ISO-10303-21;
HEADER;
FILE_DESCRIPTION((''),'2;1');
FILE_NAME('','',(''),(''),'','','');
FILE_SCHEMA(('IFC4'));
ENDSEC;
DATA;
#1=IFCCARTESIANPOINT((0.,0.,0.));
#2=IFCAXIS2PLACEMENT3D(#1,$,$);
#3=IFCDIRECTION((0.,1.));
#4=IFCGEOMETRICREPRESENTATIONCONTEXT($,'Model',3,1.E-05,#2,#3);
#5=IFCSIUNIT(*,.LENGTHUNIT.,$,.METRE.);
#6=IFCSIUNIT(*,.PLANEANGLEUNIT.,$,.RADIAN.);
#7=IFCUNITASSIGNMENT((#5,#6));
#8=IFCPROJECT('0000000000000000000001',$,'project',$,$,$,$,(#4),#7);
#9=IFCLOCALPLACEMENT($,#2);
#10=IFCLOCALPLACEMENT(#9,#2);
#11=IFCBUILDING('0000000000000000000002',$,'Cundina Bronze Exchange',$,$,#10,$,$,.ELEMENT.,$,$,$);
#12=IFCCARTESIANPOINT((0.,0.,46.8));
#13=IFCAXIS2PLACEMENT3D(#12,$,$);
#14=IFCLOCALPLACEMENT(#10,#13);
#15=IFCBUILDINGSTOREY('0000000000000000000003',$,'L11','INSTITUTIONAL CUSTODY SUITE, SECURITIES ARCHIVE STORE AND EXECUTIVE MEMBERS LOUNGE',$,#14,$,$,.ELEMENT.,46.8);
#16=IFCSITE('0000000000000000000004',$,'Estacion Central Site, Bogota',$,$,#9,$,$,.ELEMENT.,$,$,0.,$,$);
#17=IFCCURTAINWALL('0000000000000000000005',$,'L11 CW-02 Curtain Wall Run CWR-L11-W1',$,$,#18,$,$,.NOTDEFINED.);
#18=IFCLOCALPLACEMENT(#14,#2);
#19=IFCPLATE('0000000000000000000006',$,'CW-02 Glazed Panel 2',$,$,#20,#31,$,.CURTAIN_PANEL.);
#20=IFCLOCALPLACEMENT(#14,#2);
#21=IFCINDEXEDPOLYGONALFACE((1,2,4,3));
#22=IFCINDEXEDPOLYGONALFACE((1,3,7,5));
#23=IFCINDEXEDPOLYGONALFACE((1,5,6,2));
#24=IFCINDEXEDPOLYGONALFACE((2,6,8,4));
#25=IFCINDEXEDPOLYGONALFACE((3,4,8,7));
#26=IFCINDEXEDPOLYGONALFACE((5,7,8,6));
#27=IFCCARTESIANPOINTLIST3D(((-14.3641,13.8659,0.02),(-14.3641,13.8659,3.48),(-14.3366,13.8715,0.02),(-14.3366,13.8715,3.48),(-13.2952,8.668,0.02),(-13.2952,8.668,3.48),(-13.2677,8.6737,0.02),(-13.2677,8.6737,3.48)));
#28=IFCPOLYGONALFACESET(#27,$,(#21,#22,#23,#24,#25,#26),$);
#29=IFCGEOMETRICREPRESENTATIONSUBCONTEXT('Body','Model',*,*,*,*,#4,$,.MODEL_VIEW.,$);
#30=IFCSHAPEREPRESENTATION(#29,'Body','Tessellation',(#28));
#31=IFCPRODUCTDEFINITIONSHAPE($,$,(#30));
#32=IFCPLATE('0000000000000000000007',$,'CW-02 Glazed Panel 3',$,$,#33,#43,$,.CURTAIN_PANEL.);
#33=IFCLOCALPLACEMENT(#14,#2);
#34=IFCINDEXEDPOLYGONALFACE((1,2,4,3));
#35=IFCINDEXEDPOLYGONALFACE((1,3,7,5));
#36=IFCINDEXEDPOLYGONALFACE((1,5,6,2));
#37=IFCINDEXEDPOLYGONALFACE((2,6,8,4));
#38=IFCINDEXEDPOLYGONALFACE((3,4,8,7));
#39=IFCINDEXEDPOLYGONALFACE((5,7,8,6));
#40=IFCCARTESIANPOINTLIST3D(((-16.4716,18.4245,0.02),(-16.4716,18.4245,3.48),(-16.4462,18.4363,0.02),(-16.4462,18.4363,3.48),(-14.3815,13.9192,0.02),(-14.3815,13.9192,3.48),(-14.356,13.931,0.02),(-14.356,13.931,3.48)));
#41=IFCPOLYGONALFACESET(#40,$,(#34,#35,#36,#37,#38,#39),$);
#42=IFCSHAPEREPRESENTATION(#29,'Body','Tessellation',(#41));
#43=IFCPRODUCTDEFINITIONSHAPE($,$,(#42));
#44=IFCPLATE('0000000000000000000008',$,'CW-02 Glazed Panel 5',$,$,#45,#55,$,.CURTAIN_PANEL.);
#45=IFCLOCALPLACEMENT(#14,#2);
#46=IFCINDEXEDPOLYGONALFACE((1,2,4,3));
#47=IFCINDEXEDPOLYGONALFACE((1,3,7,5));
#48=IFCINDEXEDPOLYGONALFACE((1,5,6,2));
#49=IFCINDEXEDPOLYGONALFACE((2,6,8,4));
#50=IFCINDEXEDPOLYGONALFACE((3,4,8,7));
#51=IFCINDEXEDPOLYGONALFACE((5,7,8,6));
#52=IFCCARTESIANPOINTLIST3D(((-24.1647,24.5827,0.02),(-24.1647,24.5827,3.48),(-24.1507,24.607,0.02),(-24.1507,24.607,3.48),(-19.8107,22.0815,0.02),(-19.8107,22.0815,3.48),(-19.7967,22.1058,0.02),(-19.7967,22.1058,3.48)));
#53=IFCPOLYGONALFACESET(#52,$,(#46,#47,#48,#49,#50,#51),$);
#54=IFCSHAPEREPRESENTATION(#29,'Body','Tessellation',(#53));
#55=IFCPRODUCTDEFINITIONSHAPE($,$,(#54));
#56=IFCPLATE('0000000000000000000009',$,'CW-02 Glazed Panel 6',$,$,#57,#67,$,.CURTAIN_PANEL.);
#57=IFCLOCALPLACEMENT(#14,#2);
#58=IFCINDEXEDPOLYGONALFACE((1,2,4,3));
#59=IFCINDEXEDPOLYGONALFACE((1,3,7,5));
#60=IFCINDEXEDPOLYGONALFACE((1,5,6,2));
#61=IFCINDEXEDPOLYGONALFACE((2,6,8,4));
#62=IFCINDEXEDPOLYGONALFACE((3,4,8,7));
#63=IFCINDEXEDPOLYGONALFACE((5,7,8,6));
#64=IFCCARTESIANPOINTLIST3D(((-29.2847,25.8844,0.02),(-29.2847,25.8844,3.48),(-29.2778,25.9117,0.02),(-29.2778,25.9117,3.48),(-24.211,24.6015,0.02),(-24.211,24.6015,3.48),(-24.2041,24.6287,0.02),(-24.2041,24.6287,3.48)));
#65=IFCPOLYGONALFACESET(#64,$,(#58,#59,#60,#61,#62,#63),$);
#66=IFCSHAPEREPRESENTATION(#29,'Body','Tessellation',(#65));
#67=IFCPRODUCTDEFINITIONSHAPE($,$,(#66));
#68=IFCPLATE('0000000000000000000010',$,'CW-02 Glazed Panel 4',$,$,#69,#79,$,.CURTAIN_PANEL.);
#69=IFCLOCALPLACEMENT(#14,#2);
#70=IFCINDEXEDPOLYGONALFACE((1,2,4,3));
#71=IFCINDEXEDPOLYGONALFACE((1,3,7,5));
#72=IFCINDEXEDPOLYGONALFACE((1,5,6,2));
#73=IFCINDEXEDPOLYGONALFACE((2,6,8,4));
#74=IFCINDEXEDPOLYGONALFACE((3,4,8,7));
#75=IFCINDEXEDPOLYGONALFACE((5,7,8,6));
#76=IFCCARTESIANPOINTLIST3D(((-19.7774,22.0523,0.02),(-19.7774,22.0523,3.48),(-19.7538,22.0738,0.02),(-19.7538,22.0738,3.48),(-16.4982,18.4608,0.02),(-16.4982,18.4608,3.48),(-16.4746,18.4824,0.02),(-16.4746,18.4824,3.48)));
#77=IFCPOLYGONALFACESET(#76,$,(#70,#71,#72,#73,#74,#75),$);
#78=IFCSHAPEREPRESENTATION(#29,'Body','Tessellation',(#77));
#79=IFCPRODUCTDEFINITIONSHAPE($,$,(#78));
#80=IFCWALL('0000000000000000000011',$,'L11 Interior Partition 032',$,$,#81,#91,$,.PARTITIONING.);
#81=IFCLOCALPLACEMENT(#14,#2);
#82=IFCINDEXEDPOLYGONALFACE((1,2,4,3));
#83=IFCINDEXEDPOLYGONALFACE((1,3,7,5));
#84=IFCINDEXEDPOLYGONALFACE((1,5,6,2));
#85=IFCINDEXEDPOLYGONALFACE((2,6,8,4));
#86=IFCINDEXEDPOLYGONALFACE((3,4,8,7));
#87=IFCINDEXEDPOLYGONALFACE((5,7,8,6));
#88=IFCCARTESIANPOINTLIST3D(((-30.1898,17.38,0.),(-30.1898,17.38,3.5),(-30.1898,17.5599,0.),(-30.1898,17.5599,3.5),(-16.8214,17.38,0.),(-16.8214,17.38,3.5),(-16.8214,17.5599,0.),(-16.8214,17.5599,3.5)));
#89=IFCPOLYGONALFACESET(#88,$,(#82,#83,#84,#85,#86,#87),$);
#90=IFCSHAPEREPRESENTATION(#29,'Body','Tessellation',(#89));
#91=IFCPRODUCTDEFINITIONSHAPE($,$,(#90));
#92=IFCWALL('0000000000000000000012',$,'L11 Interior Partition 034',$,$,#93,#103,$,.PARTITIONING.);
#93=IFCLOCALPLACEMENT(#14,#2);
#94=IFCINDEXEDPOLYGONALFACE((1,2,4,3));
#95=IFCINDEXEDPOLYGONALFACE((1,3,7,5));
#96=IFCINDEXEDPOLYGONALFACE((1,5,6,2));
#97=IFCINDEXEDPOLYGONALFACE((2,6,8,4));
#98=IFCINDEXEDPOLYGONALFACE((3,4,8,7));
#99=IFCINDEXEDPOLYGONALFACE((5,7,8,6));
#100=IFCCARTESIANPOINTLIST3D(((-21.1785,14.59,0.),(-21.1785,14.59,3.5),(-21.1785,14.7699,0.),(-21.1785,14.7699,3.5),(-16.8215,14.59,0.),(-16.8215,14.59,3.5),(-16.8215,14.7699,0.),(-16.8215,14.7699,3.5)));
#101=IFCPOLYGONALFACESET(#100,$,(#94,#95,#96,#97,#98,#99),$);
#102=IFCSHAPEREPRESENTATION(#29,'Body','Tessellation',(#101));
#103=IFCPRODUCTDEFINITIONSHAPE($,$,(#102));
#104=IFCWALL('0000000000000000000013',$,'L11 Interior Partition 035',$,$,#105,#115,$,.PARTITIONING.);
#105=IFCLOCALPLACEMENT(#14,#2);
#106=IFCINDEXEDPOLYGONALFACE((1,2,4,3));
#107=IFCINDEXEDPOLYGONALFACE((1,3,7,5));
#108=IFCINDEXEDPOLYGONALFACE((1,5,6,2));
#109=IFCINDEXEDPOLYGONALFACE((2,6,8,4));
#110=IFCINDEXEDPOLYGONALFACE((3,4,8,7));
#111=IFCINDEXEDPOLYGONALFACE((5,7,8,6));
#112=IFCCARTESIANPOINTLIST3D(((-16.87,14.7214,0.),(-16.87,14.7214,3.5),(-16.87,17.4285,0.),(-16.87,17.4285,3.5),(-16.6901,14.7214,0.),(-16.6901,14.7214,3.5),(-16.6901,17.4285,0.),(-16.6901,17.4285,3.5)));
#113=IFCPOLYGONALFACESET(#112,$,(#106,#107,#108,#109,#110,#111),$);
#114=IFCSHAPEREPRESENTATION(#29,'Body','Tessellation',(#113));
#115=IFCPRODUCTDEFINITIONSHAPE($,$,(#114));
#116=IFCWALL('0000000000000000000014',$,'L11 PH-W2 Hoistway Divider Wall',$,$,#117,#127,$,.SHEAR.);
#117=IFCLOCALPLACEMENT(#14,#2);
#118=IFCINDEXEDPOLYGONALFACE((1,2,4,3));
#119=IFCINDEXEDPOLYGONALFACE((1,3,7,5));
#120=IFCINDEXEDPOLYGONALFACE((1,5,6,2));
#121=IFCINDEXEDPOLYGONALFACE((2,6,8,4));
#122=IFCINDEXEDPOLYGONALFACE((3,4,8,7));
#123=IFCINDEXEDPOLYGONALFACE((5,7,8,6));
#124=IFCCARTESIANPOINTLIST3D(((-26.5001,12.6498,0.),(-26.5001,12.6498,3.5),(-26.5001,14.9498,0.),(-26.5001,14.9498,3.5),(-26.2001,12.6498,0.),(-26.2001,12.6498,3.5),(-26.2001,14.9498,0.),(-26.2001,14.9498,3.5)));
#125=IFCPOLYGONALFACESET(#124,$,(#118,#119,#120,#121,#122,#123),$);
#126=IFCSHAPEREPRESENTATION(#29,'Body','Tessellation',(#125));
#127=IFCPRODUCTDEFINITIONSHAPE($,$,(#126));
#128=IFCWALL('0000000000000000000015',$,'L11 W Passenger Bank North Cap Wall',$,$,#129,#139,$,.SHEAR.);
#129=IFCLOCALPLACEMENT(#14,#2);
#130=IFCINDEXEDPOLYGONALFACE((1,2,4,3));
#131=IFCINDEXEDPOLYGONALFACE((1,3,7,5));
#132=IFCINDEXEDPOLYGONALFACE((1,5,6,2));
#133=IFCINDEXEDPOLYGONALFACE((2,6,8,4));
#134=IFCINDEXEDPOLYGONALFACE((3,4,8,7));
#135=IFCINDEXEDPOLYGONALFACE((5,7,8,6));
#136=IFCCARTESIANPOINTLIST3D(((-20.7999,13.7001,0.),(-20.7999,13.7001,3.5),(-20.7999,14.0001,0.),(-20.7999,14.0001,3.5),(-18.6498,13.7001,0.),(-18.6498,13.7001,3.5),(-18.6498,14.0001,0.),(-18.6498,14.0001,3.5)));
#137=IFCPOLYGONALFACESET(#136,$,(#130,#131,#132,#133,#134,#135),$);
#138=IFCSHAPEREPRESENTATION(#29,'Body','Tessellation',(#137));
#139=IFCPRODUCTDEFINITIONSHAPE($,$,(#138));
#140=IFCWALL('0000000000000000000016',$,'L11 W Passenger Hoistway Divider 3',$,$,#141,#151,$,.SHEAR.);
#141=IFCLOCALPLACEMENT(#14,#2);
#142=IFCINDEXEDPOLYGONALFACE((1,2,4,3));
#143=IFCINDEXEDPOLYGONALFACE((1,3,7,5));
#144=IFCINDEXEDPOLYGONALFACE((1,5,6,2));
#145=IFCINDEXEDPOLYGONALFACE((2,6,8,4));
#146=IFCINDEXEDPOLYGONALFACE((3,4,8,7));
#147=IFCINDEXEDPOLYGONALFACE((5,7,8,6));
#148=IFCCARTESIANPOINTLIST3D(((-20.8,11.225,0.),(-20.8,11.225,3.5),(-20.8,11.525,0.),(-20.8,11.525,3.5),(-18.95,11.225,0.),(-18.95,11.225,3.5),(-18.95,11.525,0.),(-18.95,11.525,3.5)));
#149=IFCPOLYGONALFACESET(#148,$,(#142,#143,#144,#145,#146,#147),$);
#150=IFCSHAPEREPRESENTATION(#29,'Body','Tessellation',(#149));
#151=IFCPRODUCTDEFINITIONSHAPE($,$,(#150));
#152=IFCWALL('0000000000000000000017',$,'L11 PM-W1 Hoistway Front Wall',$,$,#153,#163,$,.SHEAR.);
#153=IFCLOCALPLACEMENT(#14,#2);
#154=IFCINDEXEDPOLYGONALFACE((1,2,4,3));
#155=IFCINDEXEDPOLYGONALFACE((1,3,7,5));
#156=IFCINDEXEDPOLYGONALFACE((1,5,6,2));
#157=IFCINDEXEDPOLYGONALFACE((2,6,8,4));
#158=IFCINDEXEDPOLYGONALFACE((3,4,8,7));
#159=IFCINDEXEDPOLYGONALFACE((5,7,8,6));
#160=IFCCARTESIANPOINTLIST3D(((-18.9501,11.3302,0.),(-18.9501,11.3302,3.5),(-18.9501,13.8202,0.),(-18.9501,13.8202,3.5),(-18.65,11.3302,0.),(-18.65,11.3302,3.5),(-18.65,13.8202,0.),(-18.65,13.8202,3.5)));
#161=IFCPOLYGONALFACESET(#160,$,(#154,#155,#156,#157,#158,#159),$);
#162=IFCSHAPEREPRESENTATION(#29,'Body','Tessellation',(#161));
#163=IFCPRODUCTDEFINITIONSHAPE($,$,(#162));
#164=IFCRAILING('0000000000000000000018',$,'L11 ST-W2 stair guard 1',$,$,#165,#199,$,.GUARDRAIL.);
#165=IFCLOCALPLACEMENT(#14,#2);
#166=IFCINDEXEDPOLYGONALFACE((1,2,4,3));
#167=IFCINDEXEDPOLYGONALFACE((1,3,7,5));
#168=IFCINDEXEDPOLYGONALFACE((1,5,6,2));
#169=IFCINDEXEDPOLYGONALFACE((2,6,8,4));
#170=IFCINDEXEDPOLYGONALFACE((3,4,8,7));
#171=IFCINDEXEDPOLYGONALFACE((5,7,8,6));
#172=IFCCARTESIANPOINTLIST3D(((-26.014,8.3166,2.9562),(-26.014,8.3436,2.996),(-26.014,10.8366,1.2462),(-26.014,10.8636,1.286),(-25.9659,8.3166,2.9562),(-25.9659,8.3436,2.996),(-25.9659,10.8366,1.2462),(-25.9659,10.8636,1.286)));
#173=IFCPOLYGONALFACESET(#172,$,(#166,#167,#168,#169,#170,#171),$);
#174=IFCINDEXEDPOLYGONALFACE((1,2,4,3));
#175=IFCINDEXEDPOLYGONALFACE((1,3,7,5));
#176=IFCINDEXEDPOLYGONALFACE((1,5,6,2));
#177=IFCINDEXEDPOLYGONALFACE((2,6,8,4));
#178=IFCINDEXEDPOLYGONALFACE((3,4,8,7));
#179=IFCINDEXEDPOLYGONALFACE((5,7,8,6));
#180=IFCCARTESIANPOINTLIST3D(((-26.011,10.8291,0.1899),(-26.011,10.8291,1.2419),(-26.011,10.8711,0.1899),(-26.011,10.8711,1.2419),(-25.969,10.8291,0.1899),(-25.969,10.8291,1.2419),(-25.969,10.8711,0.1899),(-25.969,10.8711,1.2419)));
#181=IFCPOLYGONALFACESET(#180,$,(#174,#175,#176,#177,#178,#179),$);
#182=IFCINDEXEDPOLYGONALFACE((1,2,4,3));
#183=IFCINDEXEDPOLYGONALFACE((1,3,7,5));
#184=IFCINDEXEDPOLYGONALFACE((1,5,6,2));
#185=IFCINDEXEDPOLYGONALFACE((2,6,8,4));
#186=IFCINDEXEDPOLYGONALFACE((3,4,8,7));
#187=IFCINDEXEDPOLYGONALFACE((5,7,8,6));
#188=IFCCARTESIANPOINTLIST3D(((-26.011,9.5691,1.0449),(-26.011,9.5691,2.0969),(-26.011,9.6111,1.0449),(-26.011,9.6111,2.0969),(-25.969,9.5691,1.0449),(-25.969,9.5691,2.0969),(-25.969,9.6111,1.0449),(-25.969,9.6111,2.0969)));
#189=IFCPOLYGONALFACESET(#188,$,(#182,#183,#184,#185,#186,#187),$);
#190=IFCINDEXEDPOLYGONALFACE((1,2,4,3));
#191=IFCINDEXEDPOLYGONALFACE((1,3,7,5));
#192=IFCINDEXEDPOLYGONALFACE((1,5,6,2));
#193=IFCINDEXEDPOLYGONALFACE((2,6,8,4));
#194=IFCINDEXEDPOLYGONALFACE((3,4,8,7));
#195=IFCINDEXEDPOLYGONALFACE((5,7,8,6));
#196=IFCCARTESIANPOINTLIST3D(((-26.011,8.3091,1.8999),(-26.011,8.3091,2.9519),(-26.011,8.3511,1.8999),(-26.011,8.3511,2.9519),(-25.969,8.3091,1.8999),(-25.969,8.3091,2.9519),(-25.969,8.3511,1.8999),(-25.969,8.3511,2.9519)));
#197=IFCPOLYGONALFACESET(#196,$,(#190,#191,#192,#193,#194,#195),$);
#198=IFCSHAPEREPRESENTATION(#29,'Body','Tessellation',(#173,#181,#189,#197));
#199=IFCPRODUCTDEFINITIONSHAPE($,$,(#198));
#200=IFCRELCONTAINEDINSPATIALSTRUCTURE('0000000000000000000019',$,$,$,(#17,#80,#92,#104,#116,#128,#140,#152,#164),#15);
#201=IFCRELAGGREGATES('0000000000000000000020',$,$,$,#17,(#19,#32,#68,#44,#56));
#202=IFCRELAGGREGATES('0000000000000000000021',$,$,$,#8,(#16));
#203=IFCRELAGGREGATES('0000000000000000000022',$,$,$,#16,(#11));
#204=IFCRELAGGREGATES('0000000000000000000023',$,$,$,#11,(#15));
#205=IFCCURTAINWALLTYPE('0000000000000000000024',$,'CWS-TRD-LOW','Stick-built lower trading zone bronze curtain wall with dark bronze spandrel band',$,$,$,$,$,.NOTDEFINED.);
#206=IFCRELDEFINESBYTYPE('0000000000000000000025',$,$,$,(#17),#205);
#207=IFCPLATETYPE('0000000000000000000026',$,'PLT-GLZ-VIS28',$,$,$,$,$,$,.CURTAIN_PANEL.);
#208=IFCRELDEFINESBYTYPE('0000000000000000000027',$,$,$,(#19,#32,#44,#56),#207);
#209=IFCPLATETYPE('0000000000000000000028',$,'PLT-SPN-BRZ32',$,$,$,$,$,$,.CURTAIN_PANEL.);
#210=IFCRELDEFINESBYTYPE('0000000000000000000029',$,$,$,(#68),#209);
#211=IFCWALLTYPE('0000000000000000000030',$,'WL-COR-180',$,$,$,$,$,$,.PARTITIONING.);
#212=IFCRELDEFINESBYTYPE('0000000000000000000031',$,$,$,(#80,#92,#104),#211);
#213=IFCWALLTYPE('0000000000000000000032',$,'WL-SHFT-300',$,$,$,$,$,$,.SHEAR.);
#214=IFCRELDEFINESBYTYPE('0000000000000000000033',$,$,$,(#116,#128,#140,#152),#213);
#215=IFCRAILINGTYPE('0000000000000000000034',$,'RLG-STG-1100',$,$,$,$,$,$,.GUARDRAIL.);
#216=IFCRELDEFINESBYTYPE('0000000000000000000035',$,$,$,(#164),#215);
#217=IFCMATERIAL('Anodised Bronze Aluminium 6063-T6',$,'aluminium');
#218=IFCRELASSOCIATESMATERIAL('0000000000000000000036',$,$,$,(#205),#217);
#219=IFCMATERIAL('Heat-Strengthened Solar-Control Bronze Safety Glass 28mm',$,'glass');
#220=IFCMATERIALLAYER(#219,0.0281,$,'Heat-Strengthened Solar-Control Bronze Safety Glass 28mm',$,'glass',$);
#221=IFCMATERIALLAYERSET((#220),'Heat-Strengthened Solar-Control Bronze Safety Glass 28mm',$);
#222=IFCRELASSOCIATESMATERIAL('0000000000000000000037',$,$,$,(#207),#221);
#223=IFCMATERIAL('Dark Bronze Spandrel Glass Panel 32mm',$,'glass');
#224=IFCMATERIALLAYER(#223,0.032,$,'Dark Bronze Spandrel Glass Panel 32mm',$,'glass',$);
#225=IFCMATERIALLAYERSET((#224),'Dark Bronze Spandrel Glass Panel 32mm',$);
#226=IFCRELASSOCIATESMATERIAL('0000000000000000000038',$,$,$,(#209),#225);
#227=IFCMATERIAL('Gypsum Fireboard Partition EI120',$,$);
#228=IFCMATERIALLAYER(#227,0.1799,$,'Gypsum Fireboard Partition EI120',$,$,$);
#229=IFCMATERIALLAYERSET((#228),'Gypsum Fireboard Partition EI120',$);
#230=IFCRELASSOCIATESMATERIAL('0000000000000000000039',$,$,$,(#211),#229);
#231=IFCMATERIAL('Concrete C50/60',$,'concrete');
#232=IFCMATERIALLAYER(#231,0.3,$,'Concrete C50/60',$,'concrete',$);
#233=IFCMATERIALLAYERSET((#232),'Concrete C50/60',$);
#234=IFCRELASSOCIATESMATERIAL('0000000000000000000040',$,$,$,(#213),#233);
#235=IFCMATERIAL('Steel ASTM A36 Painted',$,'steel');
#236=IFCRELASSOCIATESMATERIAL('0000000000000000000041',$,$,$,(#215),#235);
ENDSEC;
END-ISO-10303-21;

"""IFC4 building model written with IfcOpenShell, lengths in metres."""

from ifc_helpers import new_model, si_unit, direction, frame, frame_2d, origin, origin_2d, place, context, subcontext, project, spatial, rectangle, extrude, material, layer, layer_set, type_object, element, aggregate, save


model = new_model("IFC4")

# Units and contexts
model_context = context("Model", 3, precision=1e-05, world=origin(), true_north=direction((0.0, 1.0)))
body_context = subcontext(model_context, "Body", "Model", "MODEL_VIEW")
ifc_project = project(units=[si_unit("LENGTHUNIT", "METRE"), si_unit("PLANEANGLEUNIT", "RADIAN")], contexts=[model_context])

# Site, building, storey
site_placement = place(None, origin())
site = spatial("IfcSite", under=ifc_project, at=site_placement, Name="Estacion Central Site, Bogota", CompositionType="ELEMENT", RefElevation=0.0)
building_placement = place(site_placement, origin())
building = spatial("IfcBuilding", under=site, at=building_placement, Name="Cundina Bronze Exchange", CompositionType="ELEMENT")
storey_placement = place(building_placement, frame((0.0, 0.0, 46.8)))
storey = spatial("IfcBuildingStorey", under=building, at=storey_placement, Name="L11", Description="INSTITUTIONAL CUSTODY SUITE, SECURITIES ARCHIVE STORE AND EXECUTIVE MEMBERS LOUNGE", CompositionType="ELEMENT", Elevation=46.8)

# Curtain wall, plates
ifc_material_1 = material(Name="Anodised Bronze Aluminium 6063-T6", Category="aluminium")
curtain_wall_type = type_object("IfcCurtainWallType", Name="CWS-TRD-LOW", Description="Stick-built lower trading zone bronze curtain wall with dark bronze spandrel band", PredefinedType="NOTDEFINED", material=ifc_material_1)
curtain_wall_placement = place(storey_placement, origin())
curtain_wall = element("IfcCurtainWall", 1, at=curtain_wall_placement, inside=storey, type_object=curtain_wall_type, Name="L11 CW-02 Curtain Wall Run CWR-L11-W1", PredefinedType="NOTDEFINED")
ifc_material_2 = material(Name="Heat-Strengthened Solar-Control Bronze Safety Glass 28mm", Category="glass")
ifc_layer_1 = layer(ifc_material_2, 0.0281, Name="Heat-Strengthened Solar-Control Bronze Safety Glass 28mm", Category="glass")
ifc_layer_set_1 = layer_set([ifc_layer_1], Name="Heat-Strengthened Solar-Control Bronze Safety Glass 28mm")
plate_type_1 = type_object("IfcPlateType", Name="PLT-GLZ-VIS28", PredefinedType="CURTAIN_PANEL", material=ifc_layer_set_1)
plate_1_placement = place(storey_placement, frame((-13.8159, 11.2698, 0.02), z_axis=(0.0, 0.0, 1.0), x_axis=(-0.20142, 0.979505, 0.0)))
plate_1 = element("IfcPlate", 2, at=plate_1_placement, type_object=plate_type_1, Name="CW-02 Glazed Panel 2", PredefinedType="CURTAIN_PANEL", context=body_context, shape_type="SweptSolid", body=[
    extrude(rectangle(XDim=5.3066, YDim=0.0281, at=origin_2d()), origin(), (0.0, 0.0, 1.0), 3.46),
])
plate_2_placement = place(storey_placement, frame((-15.4138, 16.1777, 0.02), z_axis=(0.0, 0.0, 1.0), x_axis=(-0.420846, 0.907132, 0.0)))
plate_2 = element("IfcPlate", 3, at=plate_2_placement, type_object=plate_type_1, Name="CW-02 Glazed Panel 3", PredefinedType="CURTAIN_PANEL", context=body_context, shape_type="SweptSolid", body=[
    extrude(rectangle(XDim=4.9666, YDim=0.0281, at=origin_2d()), origin(), (0.0, 0.0, 1.0), 3.46),
])
plate_3_placement = place(storey_placement, frame((-21.9807, 23.3442, 0.02), z_axis=(0.0, 0.0, 1.0), x_axis=(-0.867105, 0.498125, 0.0)))
plate_3 = element("IfcPlate", 4, at=plate_3_placement, type_object=plate_type_1, Name="CW-02 Glazed Panel 5", PredefinedType="CURTAIN_PANEL", context=body_context, shape_type="SweptSolid", body=[
    extrude(rectangle(XDim=5.0212, YDim=0.0281, at=origin_2d()), origin(), (0.0, 0.0, 1.0), 3.46),
])
plate_4_placement = place(storey_placement, frame((-26.7444, 25.2566, 0.02), z_axis=(0.0, 0.0, 1.0), x_axis=(-0.969488, 0.245138, 0.0)))
plate_4 = element("IfcPlate", 5, at=plate_4_placement, type_object=plate_type_1, Name="CW-02 Glazed Panel 6", PredefinedType="CURTAIN_PANEL", context=body_context, shape_type="SweptSolid", body=[
    extrude(rectangle(XDim=5.2334, YDim=0.0281, at=origin_2d()), origin(), (0.0, 0.0, 1.0), 3.46),
])
ifc_material_3 = material(Name="Dark Bronze Spandrel Glass Panel 32mm", Category="glass")
ifc_layer_2 = layer(ifc_material_3, 0.032, Name="Dark Bronze Spandrel Glass Panel 32mm", Category="glass")
ifc_layer_set_2 = layer_set([ifc_layer_2], Name="Dark Bronze Spandrel Glass Panel 32mm")
plate_type_2 = type_object("IfcPlateType", Name="PLT-SPN-BRZ32", PredefinedType="CURTAIN_PANEL", material=ifc_layer_set_2)
plate_5_placement = place(storey_placement, frame((-18.126, 20.2673, 0.02), z_axis=(0.0, 0.0, 1.0), x_axis=(-0.674277, 0.738479, 0.0)))
plate_5 = element("IfcPlate", 6, at=plate_5_placement, type_object=plate_type_2, Name="CW-02 Glazed Panel 4", PredefinedType="CURTAIN_PANEL", context=body_context, shape_type="SweptSolid", body=[
    extrude(rectangle(XDim=4.8633, YDim=0.032, at=origin_2d()), origin(), (0.0, 0.0, 1.0), 3.46),
])
aggregate(curtain_wall, [plate_1, plate_2, plate_5, plate_3, plate_4])

# Walls
ifc_material_4 = material(Name="Gypsum Fireboard Partition EI120")
ifc_layer_3 = layer(ifc_material_4, 0.1799, Name="Gypsum Fireboard Partition EI120")
ifc_layer_set_3 = layer_set([ifc_layer_3], Name="Gypsum Fireboard Partition EI120")
wall_type_1 = type_object("IfcWallType", Name="WL-COR-180", PredefinedType="PARTITIONING", material=ifc_layer_set_3)
wall_1_placement = place(storey_placement, frame((-16.8215, 17.47, 0.0), z_axis=(0.0, 0.0, 1.0), x_axis=(-1.0, 0.0, 0.0)))
element("IfcWall", 7, at=wall_1_placement, inside=storey, type_object=wall_type_1, Name="L11 Interior Partition 032", PredefinedType="PARTITIONING", context=body_context, shape_type="SweptSolid", body=[
    extrude(rectangle(XDim=13.3684, YDim=0.1799, at=frame_2d((6.6841, 0.0))), origin(), (0.0, 0.0, 1.0), 3.5),
])
wall_2_placement = place(storey_placement, frame((-21.1785, 14.6799, 0.0), z_axis=(0.0, 0.0, 1.0), x_axis=(1.0, 0.0, 0.0)))
element("IfcWall", 8, at=wall_2_placement, inside=storey, type_object=wall_type_1, Name="L11 Interior Partition 034", PredefinedType="PARTITIONING", context=body_context, shape_type="SweptSolid", body=[
    extrude(rectangle(XDim=4.3569, YDim=0.1799, at=frame_2d((2.1785, 0.0))), origin(), (0.0, 0.0, 1.0), 3.5),
])
wall_3_placement = place(storey_placement, frame((-16.78, 14.7214, 0.0), z_axis=(0.0, 0.0, 1.0), x_axis=(0.0, 1.0, 0.0)))
element("IfcWall", 9, at=wall_3_placement, inside=storey, type_object=wall_type_1, Name="L11 Interior Partition 035", PredefinedType="PARTITIONING", context=body_context, shape_type="SweptSolid", body=[
    extrude(rectangle(XDim=2.707, YDim=0.1799, at=frame_2d((1.3535, 0.0))), origin(), (0.0, 0.0, 1.0), 3.5),
])

# Shared definitions
ifc_material_5 = material(Name="Concrete C50/60", Category="concrete")
ifc_layer_4 = layer(ifc_material_5, 0.3, Name="Concrete C50/60", Category="concrete")
ifc_layer_set_4 = layer_set([ifc_layer_4], Name="Concrete C50/60")
wall_type_2 = type_object("IfcWallType", Name="WL-SHFT-300", PredefinedType="SHEAR", material=ifc_layer_set_4)
ifc_material_6 = material(Name="Steel ASTM A36 Painted", Category="steel")

# Walls
wall_4_placement = place(storey_placement, frame((-26.3501, 12.6499, 0.0), z_axis=(0.0, 0.0, 1.0), x_axis=(0.0, 1.0, 0.0)))
element("IfcWall", 10, at=wall_4_placement, inside=storey, type_object=wall_type_2, Name="L11 PH-W2 Hoistway Divider Wall", PredefinedType="SHEAR", context=body_context, shape_type="SweptSolid", body=[
    extrude(rectangle(XDim=2.3, YDim=0.3, at=frame_2d((1.1499, 0.0))), origin(), (0.0, 0.0, 1.0), 3.5),
])
wall_5_placement = place(storey_placement, frame((-20.8, 13.8501, 0.0), z_axis=(0.0, 0.0, 1.0), x_axis=(1.0, 0.0, 0.0)))
element("IfcWall", 11, at=wall_5_placement, inside=storey, type_object=wall_type_2, Name="L11 W Passenger Bank North Cap Wall", PredefinedType="SHEAR", context=body_context, shape_type="SweptSolid", body=[
    extrude(rectangle(XDim=2.1501, YDim=0.3, at=frame_2d((1.0752, 0.0))), origin(), (0.0, 0.0, 1.0), 3.5),
])
wall_6_placement = place(storey_placement, frame((-20.8, 11.375, 0.0), z_axis=(0.0, 0.0, 1.0), x_axis=(1.0, 0.0, 0.0)))
element("IfcWall", 12, at=wall_6_placement, inside=storey, type_object=wall_type_2, Name="L11 W Passenger Hoistway Divider 3", PredefinedType="SHEAR", context=body_context, shape_type="SweptSolid", body=[
    extrude(rectangle(XDim=1.8501, YDim=0.3, at=frame_2d((0.925, 0.0))), origin(), (0.0, 0.0, 1.0), 3.5),
])
wall_7_placement = place(storey_placement, frame((-18.8, 11.3301, 0.0), z_axis=(0.0, 0.0, 1.0), x_axis=(0.0, 1.0, 0.0)))
element("IfcWall", 13, at=wall_7_placement, inside=storey, type_object=wall_type_2, Name="L11 PM-W1 Hoistway Front Wall", PredefinedType="SHEAR", context=body_context, shape_type="SweptSolid", body=[
    extrude(rectangle(XDim=2.49, YDim=0.3, at=frame_2d((1.2451, 0.0))), origin(), (0.0, 0.0, 1.0), 3.5),
])

# Railing
railing_type = type_object("IfcRailingType", Name="RLG-STG-1100", PredefinedType="GUARDRAIL", material=ifc_material_6)
railing_1_placement = place(storey_placement, frame((-25.99, 10.8501, 0.1899)))
element("IfcRailing", 14, at=railing_1_placement, inside=storey, type_object=railing_type, Name="L11 ST-W2 stair guard 1", PredefinedType="GUARDRAIL", context=body_context, shape_type="SweptSolid", body=[
    extrude(rectangle(XDim=0.0481, YDim=0.0481, at=origin_2d()), frame((0.0, 0.0, 1.0762), z_axis=(0.0, -0.827484, 0.56149), x_axis=(1.0, 0.0, 0.0)), (0.0, 0.0, 1.0), 3.0454),
    extrude(rectangle(XDim=0.042, YDim=0.042, at=origin_2d()), origin(), (0.0, 0.0, 1.0), 1.052),
    extrude(rectangle(XDim=0.042, YDim=0.042, at=origin_2d()), frame((0.0, -1.26, 0.855)), (0.0, 0.0, 1.0), 1.052),
    extrude(rectangle(XDim=0.042, YDim=0.042, at=origin_2d()), frame((0.0, -2.52, 1.71)), (0.0, 0.0, 1.0), 1.052),
])

save(model, "model.ifc")
